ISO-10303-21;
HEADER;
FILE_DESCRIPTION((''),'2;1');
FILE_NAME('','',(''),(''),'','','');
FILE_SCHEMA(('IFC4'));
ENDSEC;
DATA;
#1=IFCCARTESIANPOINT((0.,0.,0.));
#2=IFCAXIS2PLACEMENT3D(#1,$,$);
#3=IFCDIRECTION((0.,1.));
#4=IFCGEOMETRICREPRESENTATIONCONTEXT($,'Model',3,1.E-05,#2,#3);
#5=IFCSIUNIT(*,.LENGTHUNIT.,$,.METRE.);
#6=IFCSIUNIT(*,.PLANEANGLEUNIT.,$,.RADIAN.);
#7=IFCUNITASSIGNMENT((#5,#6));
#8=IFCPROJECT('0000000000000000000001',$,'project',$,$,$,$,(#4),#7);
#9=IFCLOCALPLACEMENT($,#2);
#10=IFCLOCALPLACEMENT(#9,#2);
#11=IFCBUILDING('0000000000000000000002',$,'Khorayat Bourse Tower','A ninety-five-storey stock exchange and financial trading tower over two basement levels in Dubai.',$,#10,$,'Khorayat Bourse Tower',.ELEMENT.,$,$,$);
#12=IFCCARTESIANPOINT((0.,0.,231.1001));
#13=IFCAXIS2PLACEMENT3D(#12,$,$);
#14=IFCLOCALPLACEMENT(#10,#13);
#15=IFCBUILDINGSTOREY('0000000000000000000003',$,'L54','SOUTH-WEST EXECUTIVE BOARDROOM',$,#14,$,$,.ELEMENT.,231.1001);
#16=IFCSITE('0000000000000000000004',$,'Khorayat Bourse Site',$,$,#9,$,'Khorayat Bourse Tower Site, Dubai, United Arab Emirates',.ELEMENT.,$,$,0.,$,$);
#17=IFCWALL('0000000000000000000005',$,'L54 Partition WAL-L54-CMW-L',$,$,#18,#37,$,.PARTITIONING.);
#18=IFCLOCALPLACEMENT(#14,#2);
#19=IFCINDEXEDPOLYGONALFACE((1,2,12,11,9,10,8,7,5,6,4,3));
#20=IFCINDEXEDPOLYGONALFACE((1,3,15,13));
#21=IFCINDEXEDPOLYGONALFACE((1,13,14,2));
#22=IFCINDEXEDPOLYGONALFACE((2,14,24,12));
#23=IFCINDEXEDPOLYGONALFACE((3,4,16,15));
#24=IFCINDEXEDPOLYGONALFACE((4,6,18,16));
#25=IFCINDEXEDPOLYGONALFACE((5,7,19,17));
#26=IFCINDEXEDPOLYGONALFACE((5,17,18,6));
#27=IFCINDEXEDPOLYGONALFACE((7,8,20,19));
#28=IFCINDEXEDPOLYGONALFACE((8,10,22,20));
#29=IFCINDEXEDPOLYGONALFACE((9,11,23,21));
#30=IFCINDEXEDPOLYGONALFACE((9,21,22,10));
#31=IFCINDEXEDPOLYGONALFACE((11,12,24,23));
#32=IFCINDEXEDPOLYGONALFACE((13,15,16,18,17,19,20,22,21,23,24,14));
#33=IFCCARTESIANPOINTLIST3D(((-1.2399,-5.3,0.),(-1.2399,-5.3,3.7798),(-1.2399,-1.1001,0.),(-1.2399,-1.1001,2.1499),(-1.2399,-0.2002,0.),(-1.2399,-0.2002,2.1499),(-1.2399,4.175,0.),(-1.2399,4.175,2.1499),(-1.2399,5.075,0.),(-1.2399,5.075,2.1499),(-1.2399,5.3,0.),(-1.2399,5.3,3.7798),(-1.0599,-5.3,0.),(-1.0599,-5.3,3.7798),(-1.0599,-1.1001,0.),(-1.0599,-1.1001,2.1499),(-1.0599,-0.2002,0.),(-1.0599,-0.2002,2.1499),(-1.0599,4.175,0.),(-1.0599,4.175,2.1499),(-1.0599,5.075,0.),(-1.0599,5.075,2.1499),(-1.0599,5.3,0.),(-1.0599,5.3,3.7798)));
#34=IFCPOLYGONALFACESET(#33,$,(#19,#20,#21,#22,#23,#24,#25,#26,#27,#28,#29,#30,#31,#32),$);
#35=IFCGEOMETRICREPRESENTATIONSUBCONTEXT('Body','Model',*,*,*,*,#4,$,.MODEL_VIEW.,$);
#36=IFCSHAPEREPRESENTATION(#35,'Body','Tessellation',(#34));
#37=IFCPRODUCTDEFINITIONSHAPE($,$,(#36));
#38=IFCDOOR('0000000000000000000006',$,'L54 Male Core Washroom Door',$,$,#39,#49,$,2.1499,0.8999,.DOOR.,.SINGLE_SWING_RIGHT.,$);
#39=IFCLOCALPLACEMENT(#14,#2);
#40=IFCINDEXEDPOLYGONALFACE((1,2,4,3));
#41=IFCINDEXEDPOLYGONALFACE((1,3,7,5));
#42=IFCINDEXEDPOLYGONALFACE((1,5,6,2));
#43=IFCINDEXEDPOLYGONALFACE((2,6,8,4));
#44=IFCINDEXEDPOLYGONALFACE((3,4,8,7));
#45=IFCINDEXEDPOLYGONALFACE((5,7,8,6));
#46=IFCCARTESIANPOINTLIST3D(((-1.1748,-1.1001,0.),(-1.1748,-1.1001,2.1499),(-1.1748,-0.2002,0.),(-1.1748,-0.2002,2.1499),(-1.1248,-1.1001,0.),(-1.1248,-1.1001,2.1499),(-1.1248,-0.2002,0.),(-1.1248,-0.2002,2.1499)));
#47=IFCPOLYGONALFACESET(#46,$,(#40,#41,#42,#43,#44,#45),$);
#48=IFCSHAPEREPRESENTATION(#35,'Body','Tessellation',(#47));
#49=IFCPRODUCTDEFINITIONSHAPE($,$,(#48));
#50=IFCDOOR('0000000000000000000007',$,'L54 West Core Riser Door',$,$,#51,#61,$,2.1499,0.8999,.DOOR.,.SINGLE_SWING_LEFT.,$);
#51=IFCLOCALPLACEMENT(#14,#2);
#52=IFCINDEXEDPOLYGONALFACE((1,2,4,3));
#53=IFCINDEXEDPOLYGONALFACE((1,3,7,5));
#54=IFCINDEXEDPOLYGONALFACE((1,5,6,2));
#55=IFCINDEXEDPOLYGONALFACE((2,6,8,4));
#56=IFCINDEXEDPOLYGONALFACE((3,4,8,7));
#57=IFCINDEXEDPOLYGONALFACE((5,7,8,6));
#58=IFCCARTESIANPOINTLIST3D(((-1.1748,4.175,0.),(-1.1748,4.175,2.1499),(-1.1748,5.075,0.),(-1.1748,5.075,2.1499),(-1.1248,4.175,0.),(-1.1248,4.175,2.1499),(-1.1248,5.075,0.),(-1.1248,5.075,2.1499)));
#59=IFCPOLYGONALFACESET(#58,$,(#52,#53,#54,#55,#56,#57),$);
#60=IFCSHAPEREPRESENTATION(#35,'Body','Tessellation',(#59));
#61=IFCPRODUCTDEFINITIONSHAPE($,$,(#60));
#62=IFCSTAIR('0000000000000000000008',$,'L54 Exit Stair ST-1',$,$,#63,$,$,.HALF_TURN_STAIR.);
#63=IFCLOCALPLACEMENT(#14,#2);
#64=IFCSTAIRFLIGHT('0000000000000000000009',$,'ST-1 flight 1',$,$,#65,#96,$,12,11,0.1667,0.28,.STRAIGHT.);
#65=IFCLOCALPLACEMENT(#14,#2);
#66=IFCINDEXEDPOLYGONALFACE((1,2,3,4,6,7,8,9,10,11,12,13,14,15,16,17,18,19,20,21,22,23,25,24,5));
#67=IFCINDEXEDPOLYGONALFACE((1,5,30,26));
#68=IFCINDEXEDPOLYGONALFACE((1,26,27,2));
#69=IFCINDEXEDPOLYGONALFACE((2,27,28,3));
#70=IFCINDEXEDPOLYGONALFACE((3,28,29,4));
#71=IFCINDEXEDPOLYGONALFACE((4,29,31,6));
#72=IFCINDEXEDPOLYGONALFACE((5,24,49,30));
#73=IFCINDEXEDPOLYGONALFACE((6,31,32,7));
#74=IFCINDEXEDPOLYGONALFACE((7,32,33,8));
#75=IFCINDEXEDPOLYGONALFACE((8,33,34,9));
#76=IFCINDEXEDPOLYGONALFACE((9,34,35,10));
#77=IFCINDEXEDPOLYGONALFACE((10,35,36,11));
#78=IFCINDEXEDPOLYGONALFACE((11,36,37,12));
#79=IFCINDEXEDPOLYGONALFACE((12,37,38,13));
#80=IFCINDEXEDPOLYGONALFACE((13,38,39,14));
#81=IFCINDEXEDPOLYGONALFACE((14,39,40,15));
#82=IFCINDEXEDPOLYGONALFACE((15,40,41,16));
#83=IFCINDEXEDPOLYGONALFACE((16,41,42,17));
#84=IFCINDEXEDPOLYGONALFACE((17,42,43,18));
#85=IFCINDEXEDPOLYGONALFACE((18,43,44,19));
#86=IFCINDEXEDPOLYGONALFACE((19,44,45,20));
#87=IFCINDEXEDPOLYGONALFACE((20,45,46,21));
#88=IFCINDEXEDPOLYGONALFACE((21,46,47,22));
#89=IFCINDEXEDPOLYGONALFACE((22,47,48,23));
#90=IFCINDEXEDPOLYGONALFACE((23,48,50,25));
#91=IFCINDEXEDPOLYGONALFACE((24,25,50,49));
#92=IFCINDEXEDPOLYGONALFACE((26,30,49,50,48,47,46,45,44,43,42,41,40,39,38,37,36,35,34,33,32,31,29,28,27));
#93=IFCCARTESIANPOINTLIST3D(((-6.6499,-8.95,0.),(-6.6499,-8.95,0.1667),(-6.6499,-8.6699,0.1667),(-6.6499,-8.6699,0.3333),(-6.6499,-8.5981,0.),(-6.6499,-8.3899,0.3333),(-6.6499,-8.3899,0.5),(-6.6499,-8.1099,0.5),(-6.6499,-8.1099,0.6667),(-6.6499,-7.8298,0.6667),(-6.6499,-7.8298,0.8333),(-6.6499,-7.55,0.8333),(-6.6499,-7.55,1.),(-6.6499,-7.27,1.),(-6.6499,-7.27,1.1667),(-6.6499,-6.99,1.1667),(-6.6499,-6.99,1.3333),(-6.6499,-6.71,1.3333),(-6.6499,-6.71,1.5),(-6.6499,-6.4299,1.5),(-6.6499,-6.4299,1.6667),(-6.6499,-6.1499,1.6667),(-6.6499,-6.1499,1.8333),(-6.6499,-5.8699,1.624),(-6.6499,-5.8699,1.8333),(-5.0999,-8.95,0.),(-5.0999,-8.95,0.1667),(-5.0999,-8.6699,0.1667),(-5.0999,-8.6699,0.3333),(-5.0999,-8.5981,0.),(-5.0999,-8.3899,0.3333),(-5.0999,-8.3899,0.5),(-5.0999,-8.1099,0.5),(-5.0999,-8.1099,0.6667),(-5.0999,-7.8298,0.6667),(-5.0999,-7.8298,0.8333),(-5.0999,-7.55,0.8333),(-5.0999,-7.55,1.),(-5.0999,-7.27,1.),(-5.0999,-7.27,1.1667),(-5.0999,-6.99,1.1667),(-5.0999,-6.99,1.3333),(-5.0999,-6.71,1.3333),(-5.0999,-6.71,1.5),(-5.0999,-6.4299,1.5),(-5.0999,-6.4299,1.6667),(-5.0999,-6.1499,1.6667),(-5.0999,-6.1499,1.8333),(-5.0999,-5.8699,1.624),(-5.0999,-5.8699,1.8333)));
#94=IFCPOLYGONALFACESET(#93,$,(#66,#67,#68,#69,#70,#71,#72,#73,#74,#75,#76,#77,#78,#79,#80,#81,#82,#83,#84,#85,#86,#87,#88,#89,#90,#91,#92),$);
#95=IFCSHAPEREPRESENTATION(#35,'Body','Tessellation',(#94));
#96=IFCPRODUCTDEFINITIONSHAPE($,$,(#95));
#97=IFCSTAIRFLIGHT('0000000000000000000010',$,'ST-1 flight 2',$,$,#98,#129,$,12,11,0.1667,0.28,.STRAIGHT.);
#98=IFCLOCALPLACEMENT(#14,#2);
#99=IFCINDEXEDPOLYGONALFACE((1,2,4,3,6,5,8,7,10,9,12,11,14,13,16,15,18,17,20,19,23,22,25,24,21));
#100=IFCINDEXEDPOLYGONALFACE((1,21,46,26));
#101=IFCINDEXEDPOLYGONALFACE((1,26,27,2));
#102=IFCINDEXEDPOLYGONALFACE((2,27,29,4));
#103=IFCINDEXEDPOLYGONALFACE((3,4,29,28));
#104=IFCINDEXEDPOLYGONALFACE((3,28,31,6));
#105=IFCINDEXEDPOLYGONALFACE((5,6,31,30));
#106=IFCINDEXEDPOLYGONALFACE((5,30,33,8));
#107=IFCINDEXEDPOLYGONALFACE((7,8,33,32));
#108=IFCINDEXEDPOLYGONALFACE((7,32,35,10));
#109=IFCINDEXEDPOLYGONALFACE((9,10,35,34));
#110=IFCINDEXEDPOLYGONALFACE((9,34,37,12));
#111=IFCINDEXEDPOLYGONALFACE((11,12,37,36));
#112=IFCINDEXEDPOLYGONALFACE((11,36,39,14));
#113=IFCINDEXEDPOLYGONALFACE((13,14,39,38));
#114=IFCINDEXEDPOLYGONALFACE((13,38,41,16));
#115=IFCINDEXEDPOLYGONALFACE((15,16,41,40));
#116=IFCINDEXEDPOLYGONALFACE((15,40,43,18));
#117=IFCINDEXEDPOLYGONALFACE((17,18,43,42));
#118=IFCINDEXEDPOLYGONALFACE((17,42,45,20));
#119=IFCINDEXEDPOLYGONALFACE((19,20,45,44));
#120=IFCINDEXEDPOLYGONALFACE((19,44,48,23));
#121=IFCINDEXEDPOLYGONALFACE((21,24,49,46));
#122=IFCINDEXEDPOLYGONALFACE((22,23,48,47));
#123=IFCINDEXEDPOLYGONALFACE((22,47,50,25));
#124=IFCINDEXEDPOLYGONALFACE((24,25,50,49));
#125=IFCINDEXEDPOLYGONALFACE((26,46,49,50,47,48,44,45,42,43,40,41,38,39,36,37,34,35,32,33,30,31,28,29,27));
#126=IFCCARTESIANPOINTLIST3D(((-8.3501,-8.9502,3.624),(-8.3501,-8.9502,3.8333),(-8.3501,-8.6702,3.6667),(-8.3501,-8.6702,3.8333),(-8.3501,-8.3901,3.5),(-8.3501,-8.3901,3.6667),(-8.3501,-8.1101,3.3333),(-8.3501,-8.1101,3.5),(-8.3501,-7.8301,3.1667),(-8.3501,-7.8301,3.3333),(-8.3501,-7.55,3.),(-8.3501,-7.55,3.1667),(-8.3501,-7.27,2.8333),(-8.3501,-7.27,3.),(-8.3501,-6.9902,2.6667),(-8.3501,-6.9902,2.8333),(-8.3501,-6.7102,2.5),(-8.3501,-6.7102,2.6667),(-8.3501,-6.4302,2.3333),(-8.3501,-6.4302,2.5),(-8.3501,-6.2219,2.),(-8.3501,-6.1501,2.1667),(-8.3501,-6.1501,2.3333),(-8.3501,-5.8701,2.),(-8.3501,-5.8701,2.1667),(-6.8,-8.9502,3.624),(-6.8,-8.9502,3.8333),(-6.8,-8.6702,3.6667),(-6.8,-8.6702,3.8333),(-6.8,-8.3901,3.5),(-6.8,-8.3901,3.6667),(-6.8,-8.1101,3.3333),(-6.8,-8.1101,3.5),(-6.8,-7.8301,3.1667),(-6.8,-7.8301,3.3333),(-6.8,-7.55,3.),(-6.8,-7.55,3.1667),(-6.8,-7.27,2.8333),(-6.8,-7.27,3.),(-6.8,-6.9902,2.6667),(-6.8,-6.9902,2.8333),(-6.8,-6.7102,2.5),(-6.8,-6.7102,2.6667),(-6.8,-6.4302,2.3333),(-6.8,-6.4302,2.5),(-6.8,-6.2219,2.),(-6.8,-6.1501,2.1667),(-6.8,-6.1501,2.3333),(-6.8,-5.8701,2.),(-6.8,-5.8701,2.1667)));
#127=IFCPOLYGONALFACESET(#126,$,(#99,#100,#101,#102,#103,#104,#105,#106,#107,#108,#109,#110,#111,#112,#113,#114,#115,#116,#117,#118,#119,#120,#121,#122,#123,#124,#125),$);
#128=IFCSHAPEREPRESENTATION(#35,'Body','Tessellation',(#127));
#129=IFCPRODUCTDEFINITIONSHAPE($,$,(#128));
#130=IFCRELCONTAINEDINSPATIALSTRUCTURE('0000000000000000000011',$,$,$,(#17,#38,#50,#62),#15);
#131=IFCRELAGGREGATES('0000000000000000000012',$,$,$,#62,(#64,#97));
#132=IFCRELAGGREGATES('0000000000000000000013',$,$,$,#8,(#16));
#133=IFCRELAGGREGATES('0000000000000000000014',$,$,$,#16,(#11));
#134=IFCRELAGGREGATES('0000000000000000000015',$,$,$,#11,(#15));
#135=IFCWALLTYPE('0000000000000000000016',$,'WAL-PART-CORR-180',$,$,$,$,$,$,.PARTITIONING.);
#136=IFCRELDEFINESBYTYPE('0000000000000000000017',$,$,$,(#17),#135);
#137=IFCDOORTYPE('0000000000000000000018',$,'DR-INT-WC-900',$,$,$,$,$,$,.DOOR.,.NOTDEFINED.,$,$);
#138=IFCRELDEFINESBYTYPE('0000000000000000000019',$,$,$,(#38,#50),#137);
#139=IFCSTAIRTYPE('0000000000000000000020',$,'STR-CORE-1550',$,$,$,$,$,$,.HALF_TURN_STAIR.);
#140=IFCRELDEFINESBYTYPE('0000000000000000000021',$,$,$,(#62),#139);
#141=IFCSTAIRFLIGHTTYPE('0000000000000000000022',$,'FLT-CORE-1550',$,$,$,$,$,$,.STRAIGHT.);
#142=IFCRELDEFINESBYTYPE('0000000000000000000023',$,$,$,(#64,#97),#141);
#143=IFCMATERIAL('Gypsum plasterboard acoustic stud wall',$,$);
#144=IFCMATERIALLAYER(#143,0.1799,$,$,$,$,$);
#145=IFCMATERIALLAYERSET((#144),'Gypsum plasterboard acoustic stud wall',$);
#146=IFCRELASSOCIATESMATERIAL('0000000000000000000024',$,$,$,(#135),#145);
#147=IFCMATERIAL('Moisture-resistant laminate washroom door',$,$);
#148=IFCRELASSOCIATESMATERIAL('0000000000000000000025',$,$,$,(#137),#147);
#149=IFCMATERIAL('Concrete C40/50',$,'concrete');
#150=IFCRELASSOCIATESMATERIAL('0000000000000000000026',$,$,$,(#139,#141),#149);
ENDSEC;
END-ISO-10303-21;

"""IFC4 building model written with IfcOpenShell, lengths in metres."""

from ifc_helpers import new_model, si_unit, direction, frame, frame_2d, origin, place, context, subcontext, project, spatial, polyline, rectangle, outline, extrude, source, transform, mapped, material, layer, layer_set, type_object, element, fill, aggregate, save


model = new_model("IFC4")

# Units and contexts
model_context = context("Model", 3, precision=1e-05, world=origin(), true_north=direction((0.0, 1.0)))
body_context = subcontext(model_context, "Body", "Model", "MODEL_VIEW")
ifc_project = project(units=[si_unit("LENGTHUNIT", "METRE"), si_unit("PLANEANGLEUNIT", "RADIAN")], contexts=[model_context])

# Site, building, storey
site_placement = place(None, origin())
site = spatial("IfcSite", under=ifc_project, at=site_placement, Name="Khorayat Bourse Site", LongName="Khorayat Bourse Tower Site, Dubai, United Arab Emirates", CompositionType="ELEMENT", RefElevation=0.0)
building_placement = place(site_placement, origin())
building = spatial("IfcBuilding", under=site, at=building_placement, Name="Khorayat Bourse Tower", Description="A ninety-five-storey stock exchange and financial trading tower over two basement levels in Dubai.", LongName="Khorayat Bourse Tower", CompositionType="ELEMENT")
storey_placement = place(building_placement, frame((0.0, 0.0, 231.1001)))
storey = spatial("IfcBuildingStorey", under=building, at=storey_placement, Name="L54", Description="SOUTH-WEST EXECUTIVE BOARDROOM", CompositionType="ELEMENT", Elevation=231.1001)

# Shared definitions
ifc_material_1 = material(Name="Gypsum plasterboard acoustic stud wall")
ifc_layer_1 = layer(ifc_material_1, 0.1799)
ifc_layer_set_1 = layer_set([ifc_layer_1], Name="Gypsum plasterboard acoustic stud wall")
wall_type_1 = type_object("IfcWallType", Name="WAL-PART-CORR-180", PredefinedType="PARTITIONING", material=ifc_layer_set_1)

# Shared definitions
shared_shape_1 = source(origin(), body_context, "Body", "SweptSolid", [
    extrude(rectangle(XDim=0.8999, YDim=2.1499, at=frame_2d((0.45, 1.075))), frame((0.0, 0.0999, 0.0), z_axis=(0.0, -1.0, 0.0), x_axis=(1.0, 0.0, 0.0)), (0.0, 0.0, 1.0), 0.2),
])
ifc_material_2 = material(Name="Moisture-resistant laminate washroom door")
door_type_1 = type_object("IfcDoorType", Name="DR-INT-WC-900", OperationType="NOTDEFINED", PredefinedType="DOOR", material=ifc_material_2)
shared_shape_2 = source(origin(), body_context, "Body", "SweptSolid", [
    extrude(rectangle(XDim=0.8999, YDim=2.1499, at=frame_2d((0.45, 1.075))), frame((0.0, 0.0249, 0.0), z_axis=(0.0, -1.0, 0.0), x_axis=(1.0, 0.0, 0.0)), (0.0, 0.0, 1.0), 0.05),
])

# Wall, openings, doors
shared_shape_3 = source(origin(), body_context, "Body", "SweptSolid", [
    extrude(rectangle(XDim=10.6001, YDim=0.1799, at=frame_2d((5.3, 0.0))), origin(), (0.0, 0.0, 1.0), 3.7798),
])
wall_1_placement = place(storey_placement, frame((-1.1499, -5.3, 0.0), z_axis=(0.0, 0.0, 1.0), x_axis=(0.0, 1.0, 0.0)))
wall_1 = element("IfcWall", 1, at=wall_1_placement, inside=storey, type_object=wall_type_1, Name="L54 Partition WAL-L54-CMW-L", PredefinedType="PARTITIONING", context=body_context, shape_type="MappedRepresentation", body=[
    mapped(shared_shape_3, transform((0.0, 0.0, 0.0), scale=1.0)),
])
opening_1_placement = place(wall_1_placement, frame((4.2, 0.0, 0.0)))
opening_1 = element("IfcOpeningElement", 2, at=opening_1_placement, cuts=wall_1, PredefinedType="OPENING", context=body_context, shape_type="MappedRepresentation", body=[
    mapped(shared_shape_1, transform((0.0, 0.0, 0.0), scale=1.0)),
])
opening_2_placement = place(wall_1_placement, frame((9.4751, 0.0, 0.0)))
opening_2 = element("IfcOpeningElement", 3, at=opening_2_placement, cuts=wall_1, PredefinedType="OPENING", context=body_context, shape_type="MappedRepresentation", body=[
    mapped(shared_shape_1, transform((0.0, 0.0, 0.0), scale=1.0)),
])
door_1_placement = place(opening_1_placement, origin())
door_1 = element("IfcDoor", 4, at=door_1_placement, inside=storey, type_object=door_type_1, Name="L54 Male Core Washroom Door", OperationType="SINGLE_SWING_RIGHT", OverallHeight=2.1499, OverallWidth=0.8999, PredefinedType="DOOR", context=body_context, shape_type="MappedRepresentation", body=[
    mapped(shared_shape_2, transform((0.0, 0.0, 0.0), scale=1.0)),
])
fill(opening_1, door_1)
door_2_placement = place(opening_2_placement, origin())
door_2 = element("IfcDoor", 5, at=door_2_placement, inside=storey, type_object=door_type_1, Name="L54 West Core Riser Door", OperationType="SINGLE_SWING_LEFT", OverallHeight=2.1499, OverallWidth=0.8999, PredefinedType="DOOR", context=body_context, shape_type="MappedRepresentation", body=[
    mapped(shared_shape_2, transform((0.0, 0.0, 0.0), scale=1.0)),
])
fill(opening_2, door_2)

# Stair, stair flights
ifc_material_3 = material(Name="Concrete C40/50", Category="concrete")
stair_type = type_object("IfcStairType", Name="STR-CORE-1550", PredefinedType="HALF_TURN_STAIR", material=ifc_material_3)
stair_placement = place(storey_placement, origin())
stair = element("IfcStair", 6, at=stair_placement, inside=storey, type_object=stair_type, Name="L54 Exit Stair ST-1", PredefinedType="HALF_TURN_STAIR")
stair_flight_type = type_object("IfcStairFlightType", Name="FLT-CORE-1550", PredefinedType="STRAIGHT", material=ifc_material_3)
shared_shape_4 = source(origin(), body_context, "Body", "SweptSolid", [
    extrude(outline(polyline([(0.0, 0.0), (0.0, 0.1667), (0.28, 0.1667), (0.28, 0.3333), (0.5601, 0.3333), (0.5601, 0.5), (0.8401, 0.5), (0.8401, 0.6667), (1.1201, 0.6667), (1.1201, 0.8333), (1.3999, 0.8333), (1.3999, 1.0), (1.6799, 1.0), (1.6799, 1.1667), (1.96, 1.1667), (1.96, 1.3333), (2.24, 1.3333), (2.24, 1.5), (2.52, 1.5), (2.52, 1.6667), (2.8, 1.6667), (2.8, 1.8333), (3.0801, 1.8333), (3.0801, 2.0), (3.0801, 1.624), (0.3518, 0.0), (0.0, 0.0)])), frame((0.0, 0.7749, 0.0), z_axis=(0.0, -1.0, 0.0), x_axis=(1.0, 0.0, 0.0)), (0.0, 0.0, 1.0), 1.55),
])
stair_flight_1_placement = place(storey_placement, frame((-5.875, -8.95, 0.0), z_axis=(0.0, 0.0, 1.0), x_axis=(0.0, 1.0, 0.0)))
stair_flight_1 = element("IfcStairFlight", 7, at=stair_flight_1_placement, type_object=stair_flight_type, Name="ST-1 flight 1", NumberOfRisers=12, NumberOfTreads=11, PredefinedType="STRAIGHT", RiserHeight=0.1667, TreadLength=0.28, context=body_context, shape_type="MappedRepresentation", body=[
    mapped(shared_shape_4, transform((0.0, 0.0, 0.0), scale=1.0)),
])
stair_flight_2_placement = place(storey_placement, frame((-7.575, -5.8701, 2.0), z_axis=(0.0, 0.0, 1.0), x_axis=(0.0, -1.0, 0.0)))
stair_flight_2 = element("IfcStairFlight", 8, at=stair_flight_2_placement, type_object=stair_flight_type, Name="ST-1 flight 2", NumberOfRisers=12, NumberOfTreads=11, PredefinedType="STRAIGHT", RiserHeight=0.1667, TreadLength=0.28, context=body_context, shape_type="MappedRepresentation", body=[
    mapped(shared_shape_4, transform((0.0, 0.0, 0.0), scale=1.0)),
])
aggregate(stair, [stair_flight_1, stair_flight_2])

save(model, "model.ifc")
